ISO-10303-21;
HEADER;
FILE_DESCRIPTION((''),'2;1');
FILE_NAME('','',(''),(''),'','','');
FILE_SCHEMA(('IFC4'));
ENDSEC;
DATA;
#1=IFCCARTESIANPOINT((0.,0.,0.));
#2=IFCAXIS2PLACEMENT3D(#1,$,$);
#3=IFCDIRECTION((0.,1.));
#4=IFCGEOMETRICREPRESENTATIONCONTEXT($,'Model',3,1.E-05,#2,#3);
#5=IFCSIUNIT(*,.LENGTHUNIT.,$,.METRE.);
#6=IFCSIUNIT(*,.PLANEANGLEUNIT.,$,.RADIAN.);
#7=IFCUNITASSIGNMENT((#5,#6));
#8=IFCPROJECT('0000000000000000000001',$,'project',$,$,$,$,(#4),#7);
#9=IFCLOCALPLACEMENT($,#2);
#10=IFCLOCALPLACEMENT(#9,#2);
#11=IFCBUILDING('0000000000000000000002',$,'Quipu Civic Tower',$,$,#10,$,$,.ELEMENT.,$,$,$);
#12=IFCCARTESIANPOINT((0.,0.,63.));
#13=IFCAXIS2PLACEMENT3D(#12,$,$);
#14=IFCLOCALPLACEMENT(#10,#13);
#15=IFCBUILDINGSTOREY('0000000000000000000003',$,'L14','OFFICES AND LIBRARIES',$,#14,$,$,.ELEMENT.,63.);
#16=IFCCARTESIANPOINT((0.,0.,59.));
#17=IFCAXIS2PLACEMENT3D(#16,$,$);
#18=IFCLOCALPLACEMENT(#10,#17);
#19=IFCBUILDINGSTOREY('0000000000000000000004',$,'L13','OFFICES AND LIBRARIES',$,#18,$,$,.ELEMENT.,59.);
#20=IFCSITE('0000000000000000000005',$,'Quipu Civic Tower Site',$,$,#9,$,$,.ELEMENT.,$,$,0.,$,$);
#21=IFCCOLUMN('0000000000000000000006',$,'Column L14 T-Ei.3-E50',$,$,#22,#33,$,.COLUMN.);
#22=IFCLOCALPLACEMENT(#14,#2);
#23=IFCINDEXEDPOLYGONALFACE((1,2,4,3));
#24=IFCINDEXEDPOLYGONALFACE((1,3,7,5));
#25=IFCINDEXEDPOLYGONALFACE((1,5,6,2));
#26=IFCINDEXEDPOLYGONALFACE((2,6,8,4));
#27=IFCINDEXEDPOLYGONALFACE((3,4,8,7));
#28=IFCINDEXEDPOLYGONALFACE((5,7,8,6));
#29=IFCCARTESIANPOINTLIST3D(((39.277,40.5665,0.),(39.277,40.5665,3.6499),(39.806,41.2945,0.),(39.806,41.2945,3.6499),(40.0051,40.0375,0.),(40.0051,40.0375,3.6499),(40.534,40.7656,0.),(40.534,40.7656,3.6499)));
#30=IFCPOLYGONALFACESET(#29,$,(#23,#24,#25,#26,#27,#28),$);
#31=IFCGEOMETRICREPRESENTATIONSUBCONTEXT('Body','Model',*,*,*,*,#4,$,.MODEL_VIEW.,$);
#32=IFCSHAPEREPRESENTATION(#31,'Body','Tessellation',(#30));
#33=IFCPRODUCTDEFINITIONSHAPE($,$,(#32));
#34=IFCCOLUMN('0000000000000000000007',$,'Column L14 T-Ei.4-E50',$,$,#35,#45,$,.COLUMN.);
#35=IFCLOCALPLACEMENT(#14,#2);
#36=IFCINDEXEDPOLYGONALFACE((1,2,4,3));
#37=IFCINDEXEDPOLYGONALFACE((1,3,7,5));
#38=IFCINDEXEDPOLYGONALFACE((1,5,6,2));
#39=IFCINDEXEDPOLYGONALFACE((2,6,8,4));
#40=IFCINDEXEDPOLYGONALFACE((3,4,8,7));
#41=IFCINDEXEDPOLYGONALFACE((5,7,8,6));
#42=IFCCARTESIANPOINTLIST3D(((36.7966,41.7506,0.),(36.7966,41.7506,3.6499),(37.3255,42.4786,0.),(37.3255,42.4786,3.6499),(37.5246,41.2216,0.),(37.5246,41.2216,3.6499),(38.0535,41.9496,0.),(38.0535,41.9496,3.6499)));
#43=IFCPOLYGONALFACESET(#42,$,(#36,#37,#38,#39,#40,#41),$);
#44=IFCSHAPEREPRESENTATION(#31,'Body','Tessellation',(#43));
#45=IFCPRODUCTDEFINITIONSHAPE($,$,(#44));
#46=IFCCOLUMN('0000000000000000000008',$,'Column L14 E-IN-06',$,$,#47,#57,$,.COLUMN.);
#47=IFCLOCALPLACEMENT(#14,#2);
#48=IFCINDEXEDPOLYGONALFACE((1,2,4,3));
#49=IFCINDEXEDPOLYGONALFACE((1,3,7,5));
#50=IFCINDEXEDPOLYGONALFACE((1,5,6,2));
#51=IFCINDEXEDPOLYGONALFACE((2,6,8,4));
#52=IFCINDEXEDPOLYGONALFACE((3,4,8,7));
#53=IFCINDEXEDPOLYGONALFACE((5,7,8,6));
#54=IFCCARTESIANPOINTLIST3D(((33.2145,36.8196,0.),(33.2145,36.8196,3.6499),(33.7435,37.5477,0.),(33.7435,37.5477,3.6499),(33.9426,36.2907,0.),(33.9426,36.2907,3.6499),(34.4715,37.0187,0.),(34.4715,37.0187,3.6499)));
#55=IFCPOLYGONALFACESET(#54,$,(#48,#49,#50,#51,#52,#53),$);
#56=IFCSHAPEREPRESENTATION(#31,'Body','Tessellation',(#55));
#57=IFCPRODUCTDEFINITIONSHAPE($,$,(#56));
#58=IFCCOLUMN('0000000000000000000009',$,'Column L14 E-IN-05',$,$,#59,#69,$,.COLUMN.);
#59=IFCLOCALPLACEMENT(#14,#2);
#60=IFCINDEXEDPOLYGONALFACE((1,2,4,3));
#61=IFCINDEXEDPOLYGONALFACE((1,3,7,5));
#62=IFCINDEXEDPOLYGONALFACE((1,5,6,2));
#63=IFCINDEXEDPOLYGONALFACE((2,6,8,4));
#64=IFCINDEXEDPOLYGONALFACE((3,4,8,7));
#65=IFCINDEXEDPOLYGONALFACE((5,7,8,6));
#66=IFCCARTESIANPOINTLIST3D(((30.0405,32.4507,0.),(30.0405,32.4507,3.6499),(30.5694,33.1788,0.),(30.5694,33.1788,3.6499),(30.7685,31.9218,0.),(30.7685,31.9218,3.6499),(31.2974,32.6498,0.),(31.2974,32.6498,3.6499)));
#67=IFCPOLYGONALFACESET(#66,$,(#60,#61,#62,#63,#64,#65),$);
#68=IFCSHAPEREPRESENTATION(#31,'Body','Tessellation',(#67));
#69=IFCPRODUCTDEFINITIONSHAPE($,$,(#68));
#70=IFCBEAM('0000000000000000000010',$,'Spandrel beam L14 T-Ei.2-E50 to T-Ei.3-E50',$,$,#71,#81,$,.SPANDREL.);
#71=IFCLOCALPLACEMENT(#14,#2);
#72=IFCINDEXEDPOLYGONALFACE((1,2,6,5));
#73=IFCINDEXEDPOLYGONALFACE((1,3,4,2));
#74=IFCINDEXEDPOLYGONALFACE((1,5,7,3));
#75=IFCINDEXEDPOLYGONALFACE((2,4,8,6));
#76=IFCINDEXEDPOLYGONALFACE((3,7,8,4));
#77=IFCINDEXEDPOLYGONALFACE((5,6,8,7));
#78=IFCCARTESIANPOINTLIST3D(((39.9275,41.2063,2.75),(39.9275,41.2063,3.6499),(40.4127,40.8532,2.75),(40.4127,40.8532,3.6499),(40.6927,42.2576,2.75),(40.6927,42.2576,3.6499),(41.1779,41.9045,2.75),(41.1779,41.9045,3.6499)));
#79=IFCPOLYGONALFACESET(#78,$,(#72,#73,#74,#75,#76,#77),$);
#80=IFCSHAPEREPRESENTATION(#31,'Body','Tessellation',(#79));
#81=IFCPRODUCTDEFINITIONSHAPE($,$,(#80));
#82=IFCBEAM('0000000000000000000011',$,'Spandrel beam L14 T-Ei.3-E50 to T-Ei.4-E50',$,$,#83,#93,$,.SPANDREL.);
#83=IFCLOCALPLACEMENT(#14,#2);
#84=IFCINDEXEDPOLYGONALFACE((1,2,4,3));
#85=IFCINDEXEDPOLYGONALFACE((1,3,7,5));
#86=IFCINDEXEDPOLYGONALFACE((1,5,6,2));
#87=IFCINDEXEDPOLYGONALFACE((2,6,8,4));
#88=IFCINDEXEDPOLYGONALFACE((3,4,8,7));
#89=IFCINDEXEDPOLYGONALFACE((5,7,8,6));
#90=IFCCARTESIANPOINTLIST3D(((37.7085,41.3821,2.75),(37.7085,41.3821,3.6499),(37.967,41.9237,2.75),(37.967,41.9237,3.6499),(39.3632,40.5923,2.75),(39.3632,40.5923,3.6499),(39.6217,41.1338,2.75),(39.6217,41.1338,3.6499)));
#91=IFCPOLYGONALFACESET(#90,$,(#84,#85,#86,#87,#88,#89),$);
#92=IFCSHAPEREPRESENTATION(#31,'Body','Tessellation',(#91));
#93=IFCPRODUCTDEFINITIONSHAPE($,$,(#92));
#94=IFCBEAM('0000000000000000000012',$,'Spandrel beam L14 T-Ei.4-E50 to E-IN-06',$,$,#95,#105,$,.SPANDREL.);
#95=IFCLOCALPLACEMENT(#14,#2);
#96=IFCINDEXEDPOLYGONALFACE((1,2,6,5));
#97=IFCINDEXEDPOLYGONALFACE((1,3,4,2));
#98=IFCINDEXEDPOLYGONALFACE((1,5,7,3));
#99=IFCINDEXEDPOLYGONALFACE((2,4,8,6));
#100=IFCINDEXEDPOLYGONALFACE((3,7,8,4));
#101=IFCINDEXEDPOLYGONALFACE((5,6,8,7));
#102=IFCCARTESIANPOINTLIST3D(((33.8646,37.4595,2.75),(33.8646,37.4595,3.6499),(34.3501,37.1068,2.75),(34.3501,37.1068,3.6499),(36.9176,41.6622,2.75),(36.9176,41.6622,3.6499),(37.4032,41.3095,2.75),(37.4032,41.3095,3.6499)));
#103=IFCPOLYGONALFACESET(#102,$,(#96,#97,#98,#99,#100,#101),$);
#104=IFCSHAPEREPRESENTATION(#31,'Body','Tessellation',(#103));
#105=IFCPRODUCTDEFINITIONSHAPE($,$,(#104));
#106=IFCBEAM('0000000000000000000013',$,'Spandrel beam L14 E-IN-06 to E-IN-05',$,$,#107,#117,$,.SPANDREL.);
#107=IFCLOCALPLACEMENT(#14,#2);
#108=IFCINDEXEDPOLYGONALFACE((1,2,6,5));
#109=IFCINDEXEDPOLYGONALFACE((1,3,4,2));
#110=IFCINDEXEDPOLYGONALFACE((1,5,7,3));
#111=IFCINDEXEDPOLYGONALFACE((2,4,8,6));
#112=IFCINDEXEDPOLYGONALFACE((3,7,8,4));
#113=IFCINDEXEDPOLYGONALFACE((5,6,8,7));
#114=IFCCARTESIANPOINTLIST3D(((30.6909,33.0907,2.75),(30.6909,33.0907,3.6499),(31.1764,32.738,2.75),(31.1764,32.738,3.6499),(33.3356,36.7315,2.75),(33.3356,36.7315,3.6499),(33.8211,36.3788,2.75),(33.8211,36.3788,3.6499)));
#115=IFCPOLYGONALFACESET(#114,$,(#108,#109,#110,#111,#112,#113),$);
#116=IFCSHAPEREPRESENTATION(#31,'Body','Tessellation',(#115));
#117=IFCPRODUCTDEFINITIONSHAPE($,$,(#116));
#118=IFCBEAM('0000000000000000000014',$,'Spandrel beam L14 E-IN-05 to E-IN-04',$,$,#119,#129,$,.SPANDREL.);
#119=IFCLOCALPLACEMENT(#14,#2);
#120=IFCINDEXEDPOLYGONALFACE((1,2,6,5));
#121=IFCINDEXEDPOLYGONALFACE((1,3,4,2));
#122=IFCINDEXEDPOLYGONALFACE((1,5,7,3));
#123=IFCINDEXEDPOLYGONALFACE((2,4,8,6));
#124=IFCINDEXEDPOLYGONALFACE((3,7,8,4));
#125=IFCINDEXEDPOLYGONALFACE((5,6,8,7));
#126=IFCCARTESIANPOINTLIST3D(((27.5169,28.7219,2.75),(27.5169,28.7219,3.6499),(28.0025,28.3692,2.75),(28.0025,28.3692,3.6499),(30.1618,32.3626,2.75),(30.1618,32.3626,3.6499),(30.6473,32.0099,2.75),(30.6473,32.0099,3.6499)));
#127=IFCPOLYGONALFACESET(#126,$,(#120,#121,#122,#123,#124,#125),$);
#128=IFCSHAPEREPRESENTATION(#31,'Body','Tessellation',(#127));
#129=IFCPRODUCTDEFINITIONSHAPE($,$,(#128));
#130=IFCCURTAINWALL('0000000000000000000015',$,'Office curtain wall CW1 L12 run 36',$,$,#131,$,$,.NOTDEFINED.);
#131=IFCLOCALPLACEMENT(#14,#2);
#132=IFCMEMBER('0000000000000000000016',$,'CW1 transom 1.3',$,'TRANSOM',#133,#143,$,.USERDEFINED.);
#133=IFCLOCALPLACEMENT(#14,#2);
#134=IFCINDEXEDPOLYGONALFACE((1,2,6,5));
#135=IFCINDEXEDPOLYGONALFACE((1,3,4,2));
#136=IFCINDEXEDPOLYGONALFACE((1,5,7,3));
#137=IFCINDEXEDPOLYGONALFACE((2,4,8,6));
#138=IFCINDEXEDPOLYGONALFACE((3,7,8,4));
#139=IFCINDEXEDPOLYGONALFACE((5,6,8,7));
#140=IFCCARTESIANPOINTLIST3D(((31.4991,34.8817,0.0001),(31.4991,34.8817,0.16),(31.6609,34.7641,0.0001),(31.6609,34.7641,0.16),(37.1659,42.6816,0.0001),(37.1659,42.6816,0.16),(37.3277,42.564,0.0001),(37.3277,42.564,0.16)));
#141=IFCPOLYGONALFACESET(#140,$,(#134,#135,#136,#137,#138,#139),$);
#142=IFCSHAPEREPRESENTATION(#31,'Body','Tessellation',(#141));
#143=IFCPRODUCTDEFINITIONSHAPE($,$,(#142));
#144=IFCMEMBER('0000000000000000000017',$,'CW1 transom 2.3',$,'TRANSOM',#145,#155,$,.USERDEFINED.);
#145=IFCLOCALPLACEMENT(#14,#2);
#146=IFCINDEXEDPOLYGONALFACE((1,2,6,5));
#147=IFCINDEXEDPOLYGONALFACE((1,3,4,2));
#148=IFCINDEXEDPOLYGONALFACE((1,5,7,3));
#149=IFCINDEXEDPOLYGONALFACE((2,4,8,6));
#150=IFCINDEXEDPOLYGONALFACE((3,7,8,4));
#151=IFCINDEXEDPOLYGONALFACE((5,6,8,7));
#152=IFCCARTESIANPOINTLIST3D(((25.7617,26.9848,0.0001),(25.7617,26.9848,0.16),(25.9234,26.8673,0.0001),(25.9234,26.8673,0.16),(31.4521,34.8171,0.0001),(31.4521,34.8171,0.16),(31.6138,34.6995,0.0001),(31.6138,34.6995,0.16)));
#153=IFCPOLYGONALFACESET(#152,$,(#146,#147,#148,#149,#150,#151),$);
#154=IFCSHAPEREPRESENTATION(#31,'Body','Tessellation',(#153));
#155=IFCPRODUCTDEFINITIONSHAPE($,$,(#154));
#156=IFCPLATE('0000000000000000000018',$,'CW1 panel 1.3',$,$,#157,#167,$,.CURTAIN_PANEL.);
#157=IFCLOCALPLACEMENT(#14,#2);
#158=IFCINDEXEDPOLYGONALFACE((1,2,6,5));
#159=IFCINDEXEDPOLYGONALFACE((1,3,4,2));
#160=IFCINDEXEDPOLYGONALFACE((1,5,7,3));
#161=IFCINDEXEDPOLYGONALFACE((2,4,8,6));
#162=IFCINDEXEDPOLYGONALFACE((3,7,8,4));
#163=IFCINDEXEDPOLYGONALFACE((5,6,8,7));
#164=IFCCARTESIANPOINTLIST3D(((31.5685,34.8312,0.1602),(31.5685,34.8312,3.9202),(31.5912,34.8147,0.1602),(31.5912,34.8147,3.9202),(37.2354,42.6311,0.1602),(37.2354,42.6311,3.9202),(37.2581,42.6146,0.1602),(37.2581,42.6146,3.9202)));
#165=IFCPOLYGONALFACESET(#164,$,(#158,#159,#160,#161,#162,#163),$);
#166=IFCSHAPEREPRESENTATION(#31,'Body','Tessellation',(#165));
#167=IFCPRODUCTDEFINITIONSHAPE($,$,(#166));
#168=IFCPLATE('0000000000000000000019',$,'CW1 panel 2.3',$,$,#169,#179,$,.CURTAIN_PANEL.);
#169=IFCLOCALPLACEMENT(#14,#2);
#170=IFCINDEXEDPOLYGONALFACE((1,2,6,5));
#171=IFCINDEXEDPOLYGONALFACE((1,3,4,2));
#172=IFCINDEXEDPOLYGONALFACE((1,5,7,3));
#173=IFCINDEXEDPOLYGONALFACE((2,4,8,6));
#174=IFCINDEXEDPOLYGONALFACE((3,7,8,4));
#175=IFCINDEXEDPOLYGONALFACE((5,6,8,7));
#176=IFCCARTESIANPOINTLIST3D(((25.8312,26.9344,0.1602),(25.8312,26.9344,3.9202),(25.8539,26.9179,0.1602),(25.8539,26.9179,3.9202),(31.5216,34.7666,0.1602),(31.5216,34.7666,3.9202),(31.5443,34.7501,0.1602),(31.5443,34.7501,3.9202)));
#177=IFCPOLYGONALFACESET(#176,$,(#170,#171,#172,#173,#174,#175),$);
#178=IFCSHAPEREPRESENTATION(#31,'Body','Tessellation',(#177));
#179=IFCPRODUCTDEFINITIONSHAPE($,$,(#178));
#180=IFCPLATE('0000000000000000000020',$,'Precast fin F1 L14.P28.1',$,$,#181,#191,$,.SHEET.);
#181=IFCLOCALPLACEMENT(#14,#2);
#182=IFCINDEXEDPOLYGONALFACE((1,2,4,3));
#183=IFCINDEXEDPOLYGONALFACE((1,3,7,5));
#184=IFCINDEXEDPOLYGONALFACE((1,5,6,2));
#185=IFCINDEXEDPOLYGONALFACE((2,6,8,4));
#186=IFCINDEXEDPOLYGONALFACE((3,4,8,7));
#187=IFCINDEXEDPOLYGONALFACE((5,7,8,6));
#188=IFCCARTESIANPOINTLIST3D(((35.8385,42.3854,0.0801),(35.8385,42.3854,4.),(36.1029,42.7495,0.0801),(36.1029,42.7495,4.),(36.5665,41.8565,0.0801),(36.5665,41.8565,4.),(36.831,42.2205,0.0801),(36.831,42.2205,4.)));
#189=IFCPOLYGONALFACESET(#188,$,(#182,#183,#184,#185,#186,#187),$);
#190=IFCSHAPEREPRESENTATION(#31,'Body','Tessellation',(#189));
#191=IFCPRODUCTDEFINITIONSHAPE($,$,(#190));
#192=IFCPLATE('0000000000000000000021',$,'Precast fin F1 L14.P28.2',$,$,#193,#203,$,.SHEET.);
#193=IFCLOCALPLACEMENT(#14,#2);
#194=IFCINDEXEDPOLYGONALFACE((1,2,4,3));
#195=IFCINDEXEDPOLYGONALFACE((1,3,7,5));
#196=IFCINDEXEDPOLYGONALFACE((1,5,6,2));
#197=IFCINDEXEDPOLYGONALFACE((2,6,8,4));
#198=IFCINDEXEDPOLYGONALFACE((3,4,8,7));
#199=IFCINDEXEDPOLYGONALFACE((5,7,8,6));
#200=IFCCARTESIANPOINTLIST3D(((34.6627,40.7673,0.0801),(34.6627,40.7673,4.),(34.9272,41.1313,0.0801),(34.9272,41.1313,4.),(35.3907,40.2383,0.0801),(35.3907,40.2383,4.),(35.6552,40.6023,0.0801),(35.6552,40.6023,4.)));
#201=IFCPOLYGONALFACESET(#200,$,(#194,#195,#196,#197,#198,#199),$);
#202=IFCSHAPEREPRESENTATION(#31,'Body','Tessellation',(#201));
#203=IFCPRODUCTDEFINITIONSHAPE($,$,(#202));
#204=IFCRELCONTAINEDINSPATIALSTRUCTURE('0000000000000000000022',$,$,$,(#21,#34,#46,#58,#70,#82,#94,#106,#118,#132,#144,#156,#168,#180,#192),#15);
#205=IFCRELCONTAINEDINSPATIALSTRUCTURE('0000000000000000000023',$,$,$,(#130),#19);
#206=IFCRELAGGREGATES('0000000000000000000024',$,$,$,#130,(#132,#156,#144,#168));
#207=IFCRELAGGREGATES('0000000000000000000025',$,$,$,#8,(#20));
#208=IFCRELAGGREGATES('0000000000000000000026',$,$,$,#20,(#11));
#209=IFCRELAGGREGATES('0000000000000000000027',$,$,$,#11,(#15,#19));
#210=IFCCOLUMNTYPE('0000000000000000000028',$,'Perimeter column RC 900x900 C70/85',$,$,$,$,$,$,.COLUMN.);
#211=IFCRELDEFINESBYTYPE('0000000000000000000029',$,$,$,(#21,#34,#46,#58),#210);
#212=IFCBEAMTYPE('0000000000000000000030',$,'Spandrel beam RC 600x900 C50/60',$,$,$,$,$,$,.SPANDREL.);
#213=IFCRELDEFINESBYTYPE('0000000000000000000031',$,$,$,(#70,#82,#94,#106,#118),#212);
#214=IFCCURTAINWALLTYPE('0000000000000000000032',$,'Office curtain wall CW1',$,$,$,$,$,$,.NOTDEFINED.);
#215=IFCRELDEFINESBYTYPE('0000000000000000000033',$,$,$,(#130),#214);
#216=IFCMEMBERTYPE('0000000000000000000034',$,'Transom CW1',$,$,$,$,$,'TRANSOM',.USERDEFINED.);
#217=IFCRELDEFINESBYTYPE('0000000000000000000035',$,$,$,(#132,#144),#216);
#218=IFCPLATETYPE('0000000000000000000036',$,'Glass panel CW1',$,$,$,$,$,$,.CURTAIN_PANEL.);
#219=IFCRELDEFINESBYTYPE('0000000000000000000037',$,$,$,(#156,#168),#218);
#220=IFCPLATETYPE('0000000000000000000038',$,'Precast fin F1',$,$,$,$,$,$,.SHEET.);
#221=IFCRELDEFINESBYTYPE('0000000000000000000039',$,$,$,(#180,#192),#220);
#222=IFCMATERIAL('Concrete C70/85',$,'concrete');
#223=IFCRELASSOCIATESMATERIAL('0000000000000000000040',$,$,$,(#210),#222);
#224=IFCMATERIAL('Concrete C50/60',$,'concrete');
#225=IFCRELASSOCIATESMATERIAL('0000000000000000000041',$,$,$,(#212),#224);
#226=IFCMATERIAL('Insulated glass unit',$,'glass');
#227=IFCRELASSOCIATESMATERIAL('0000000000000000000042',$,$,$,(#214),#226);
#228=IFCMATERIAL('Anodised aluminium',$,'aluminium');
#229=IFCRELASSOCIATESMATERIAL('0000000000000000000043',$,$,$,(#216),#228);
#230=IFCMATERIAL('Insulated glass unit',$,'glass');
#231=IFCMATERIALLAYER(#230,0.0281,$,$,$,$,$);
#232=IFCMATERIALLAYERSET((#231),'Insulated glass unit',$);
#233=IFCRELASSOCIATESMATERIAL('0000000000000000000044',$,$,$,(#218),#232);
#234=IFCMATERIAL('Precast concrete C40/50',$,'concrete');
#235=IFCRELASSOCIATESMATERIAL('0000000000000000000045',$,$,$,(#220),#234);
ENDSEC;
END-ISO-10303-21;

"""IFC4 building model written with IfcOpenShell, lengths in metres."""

from ifc_helpers import new_model, si_unit, direction, frame, origin, origin_2d, place, context, subcontext, project, spatial, rectangle, extrude, material, layer, layer_set, material_profile, profile_set, type_object, element, aggregate, save


model = new_model("IFC4")

# Units and contexts
model_context = context("Model", 3, precision=1e-05, world=origin(), true_north=direction((0.0, 1.0)))
body_context = subcontext(model_context, "Body", "Model", "MODEL_VIEW")
ifc_project = project(units=[si_unit("LENGTHUNIT", "METRE"), si_unit("PLANEANGLEUNIT", "RADIAN")], contexts=[model_context])

# Site, building, storey
site_placement = place(None, origin())
site = spatial("IfcSite", under=ifc_project, at=site_placement, Name="Quipu Civic Tower Site", CompositionType="ELEMENT", RefElevation=0.0)
building_placement = place(site_placement, origin())
building = spatial("IfcBuilding", under=site, at=building_placement, Name="Quipu Civic Tower", CompositionType="ELEMENT")
storey_1_placement = place(building_placement, frame((0.0, 0.0, 63.0)))
storey_1 = spatial("IfcBuildingStorey", under=building, at=storey_1_placement, Name="L14", Description="OFFICES AND LIBRARIES", CompositionType="ELEMENT", Elevation=63.0)

# Columns
ifc_material_1 = material(Name="Concrete C70/85", Category="concrete")
ifc_material_profile_1 = material_profile(ifc_material_1, rectangle(XDim=0.8999, YDim=0.8999, at=origin_2d()), Name="RC900x900")
ifc_profile_set_1 = profile_set([ifc_material_profile_1], Name="Concrete C70/85")
column_type = type_object("IfcColumnType", Name="Perimeter column RC 900x900 C70/85", PredefinedType="COLUMN", material=ifc_profile_set_1)
for number, where, z_axis, x_axis, name in (
    (1, (39.9055, 40.666, 0.0), (0.0, 0.0, 1.0), (-0.587785, -0.809017, 0.0), "Column L14 T-Ei.3-E50"),
    (2, (37.425, 41.8501, 0.0), (0.0, 0.0, 1.0), (-0.587785, -0.809017, 0.0), "Column L14 T-Ei.4-E50"),
    (3, (33.843, 36.9192, 0.0), (0.0, 0.0, 1.0), (-0.587785, -0.809017, 0.0), "Column L14 E-IN-06"),
    (4, (30.6689, 32.5503, 0.0), (0.0, 0.0, 1.0), (-0.587785, -0.809017, 0.0), "Column L14 E-IN-05"),
):
    element("IfcColumn", number, at=place(storey_1_placement, frame(where, z_axis=z_axis, x_axis=x_axis)), inside=storey_1, type_object=column_type, Name=name, PredefinedType="COLUMN", context=body_context, shape_type="SweptSolid", body=[
        extrude(rectangle(XDim=0.8999, YDim=0.8999, at=origin_2d()), origin(), (0.0, 0.0, 1.0), 3.6499),
    ])

# Beams
ifc_material_2 = material(Name="Concrete C50/60", Category="concrete")
ifc_material_profile_2 = material_profile(ifc_material_2, rectangle(XDim=0.6001, YDim=0.8999, at=origin_2d()), Name="RC600x900")
ifc_profile_set_2 = profile_set([ifc_material_profile_2], Name="Concrete C50/60")
beam_type = type_object("IfcBeamType", Name="Spandrel beam RC 600x900 C50/60", PredefinedType="SPANDREL", material=ifc_profile_set_2)
beam_1_placement = place(storey_1_placement, frame((40.9353, 42.0811, 3.2), z_axis=(-0.588462, -0.808525, 0.0), x_axis=(0.808525, -0.588462, 0.0)))
element("IfcBeam", 5, at=beam_1_placement, inside=storey_1, type_object=beam_type, Name="Spandrel beam L14 T-Ei.2-E50 to T-Ei.3-E50", PredefinedType="SPANDREL", context=body_context, shape_type="SweptSolid", body=[
    extrude(rectangle(XDim=0.6001, YDim=0.8999, at=origin_2d()), origin(), (0.0, 0.0, 1.0), 1.3003),
])
beam_2_placement = place(storey_1_placement, frame((39.4924, 40.863, 3.2), z_axis=(-0.902454, 0.430786, 0.0), x_axis=(-0.430786, -0.902454, 0.0)))
element("IfcBeam", 6, at=beam_2_placement, inside=storey_1, type_object=beam_type, Name="Spandrel beam L14 T-Ei.3-E50 to T-Ei.4-E50", PredefinedType="SPANDREL", context=body_context, shape_type="SweptSolid", body=[
    extrude(rectangle(XDim=0.6001, YDim=0.8999, at=origin_2d()), origin(), (0.0, 0.0, 1.0), 1.8335),
])
beam_3_placement = place(storey_1_placement, frame((37.1604, 41.4858, 3.2), z_axis=(-0.587733, -0.809055, 0.0), x_axis=(0.809055, -0.587733, 0.0)))
element("IfcBeam", 7, at=beam_3_placement, inside=storey_1, type_object=beam_type, Name="Spandrel beam L14 T-Ei.4-E50 to E-IN-06", PredefinedType="SPANDREL", context=body_context, shape_type="SweptSolid", body=[
    extrude(rectangle(XDim=0.6001, YDim=0.8999, at=origin_2d()), origin(), (0.0, 0.0, 1.0), 5.1946),
])
for number, where, z_axis, x_axis, name in (
    (8, (33.5784, 36.5552, 3.2), (-0.587717, -0.809067, 0.0), (0.809067, -0.587717, 0.0), "Spandrel beam L14 E-IN-06 to E-IN-05"),
    (9, (30.4045, 32.1863, 3.2), (-0.587743, -0.809048, 0.0), (0.809048, -0.587743, 0.0), "Spandrel beam L14 E-IN-05 to E-IN-04"),
):
    element("IfcBeam", number, at=place(storey_1_placement, frame(where, z_axis=z_axis, x_axis=x_axis)), inside=storey_1, type_object=beam_type, Name=name, PredefinedType="SPANDREL", context=body_context, shape_type="SweptSolid", body=[
        extrude(rectangle(XDim=0.6001, YDim=0.8999, at=origin_2d()), origin(), (0.0, 0.0, 1.0), 4.5),
    ])

# Shared definitions
storey_2_placement = place(building_placement, frame((0.0, 0.0, 59.0)))
storey_2 = spatial("IfcBuildingStorey", under=building, at=storey_2_placement, Name="L13", Description="OFFICES AND LIBRARIES", CompositionType="ELEMENT", Elevation=59.0)

# Curtain wall, members, plates
ifc_material_3 = material(Name="Insulated glass unit", Category="glass")
curtain_wall_type = type_object("IfcCurtainWallType", Name="Office curtain wall CW1", PredefinedType="NOTDEFINED", material=ifc_material_3)
curtain_wall_placement = place(storey_2_placement, origin())
curtain_wall = element("IfcCurtainWall", 10, at=curtain_wall_placement, inside=storey_2, type_object=curtain_wall_type, Name="Office curtain wall CW1 L12 run 36", PredefinedType="NOTDEFINED")
ifc_material_4 = material(Name="Anodised aluminium", Category="aluminium")
ifc_material_profile_3 = material_profile(ifc_material_4, rectangle(XDim=0.2, YDim=0.1599, at=origin_2d()), Name="RECT 200x160")
ifc_profile_set_3 = profile_set([ifc_material_profile_3], Name="Anodised aluminium")
member_type = type_object("IfcMemberType", Name="Transom CW1", ElementType="TRANSOM", PredefinedType="USERDEFINED", material=ifc_profile_set_3)
member_1_placement = place(storey_1_placement, frame((37.2468, 42.6228, 0.0801), z_axis=(-0.587776, -0.809024, 0.0), x_axis=(0.809024, -0.587776, 0.0)))
member_1 = element("IfcMember", 11, at=member_1_placement, inside=storey_1, type_object=member_type, Name="CW1 transom 1.3", ObjectType="TRANSOM", PredefinedType="USERDEFINED", context=body_context, shape_type="SweptSolid", body=[
    extrude(rectangle(XDim=0.2, YDim=0.1599, at=origin_2d()), origin(), (0.0, 0.0, 1.0), 9.6411),
])
member_2_placement = place(storey_1_placement, frame((31.533, 34.7583, 0.0801), z_axis=(-0.587782, -0.80902, 0.0), x_axis=(0.80902, -0.587782, 0.0)))
member_2 = element("IfcMember", 12, at=member_2_placement, inside=storey_1, type_object=member_type, Name="CW1 transom 2.3", ObjectType="TRANSOM", PredefinedType="USERDEFINED", context=body_context, shape_type="SweptSolid", body=[
    extrude(rectangle(XDim=0.2, YDim=0.1599, at=origin_2d()), origin(), (0.0, 0.0, 1.0), 9.6812),
])
ifc_material_5 = material(Name="Insulated glass unit", Category="glass")
ifc_layer_1 = layer(ifc_material_5, 0.0281)
ifc_layer_set_1 = layer_set([ifc_layer_1], Name="Insulated glass unit")
plate_type_1 = type_object("IfcPlateType", Name="Glass panel CW1", PredefinedType="CURTAIN_PANEL", material=ifc_layer_set_1)
plate_1_placement = place(storey_1_placement, frame((34.4133, 38.7229, 0.1602), z_axis=(0.0, 0.0, 1.0), x_axis=(-0.587786, -0.809017, 0.0)))
plate_1 = element("IfcPlate", 13, at=plate_1_placement, inside=storey_1, type_object=plate_type_1, Name="CW1 panel 1.3", PredefinedType="CURTAIN_PANEL", context=body_context, shape_type="SweptSolid", body=[
    extrude(rectangle(XDim=9.6411, YDim=0.0281, at=origin_2d()), origin(), (0.0, 0.0, 1.0), 3.76),
])
plate_2_placement = place(storey_1_placement, frame((28.6877, 30.8423, 0.1602), z_axis=(0.0, 0.0, 1.0), x_axis=(-0.587786, -0.809017, 0.0)))
plate_2 = element("IfcPlate", 14, at=plate_2_placement, inside=storey_1, type_object=plate_type_1, Name="CW1 panel 2.3", PredefinedType="CURTAIN_PANEL", context=body_context, shape_type="SweptSolid", body=[
    extrude(rectangle(XDim=9.6812, YDim=0.0281, at=origin_2d()), origin(), (0.0, 0.0, 1.0), 3.76),
])
aggregate(curtain_wall, [member_1, plate_1, member_2, plate_2])

# Plates
ifc_material_6 = material(Name="Precast concrete C40/50", Category="concrete")
plate_type_2 = type_object("IfcPlateType", Name="Precast fin F1", PredefinedType="SHEET", material=ifc_material_6)
for number, where, z_axis, x_axis, name in (
    (15, (36.3347, 42.303, 0.0801), (0.0, 0.0, 1.0), (-0.587785, -0.809017, 0.0), "Precast fin F1 L14.P28.1"),
    (16, (35.1589, 40.6848, 0.0801), (0.0, 0.0, 1.0), (-0.587785, -0.809017, 0.0), "Precast fin F1 L14.P28.2"),
):
    element("IfcPlate", number, at=place(storey_1_placement, frame(where, z_axis=z_axis, x_axis=x_axis)), inside=storey_1, type_object=plate_type_2, Name=name, PredefinedType="SHEET", context=body_context, shape_type="SweptSolid", body=[
        extrude(rectangle(XDim=0.45, YDim=0.8999, at=origin_2d()), origin(), (0.0, 0.0, 1.0), 3.9199),
    ])

save(model, "model.ifc")
